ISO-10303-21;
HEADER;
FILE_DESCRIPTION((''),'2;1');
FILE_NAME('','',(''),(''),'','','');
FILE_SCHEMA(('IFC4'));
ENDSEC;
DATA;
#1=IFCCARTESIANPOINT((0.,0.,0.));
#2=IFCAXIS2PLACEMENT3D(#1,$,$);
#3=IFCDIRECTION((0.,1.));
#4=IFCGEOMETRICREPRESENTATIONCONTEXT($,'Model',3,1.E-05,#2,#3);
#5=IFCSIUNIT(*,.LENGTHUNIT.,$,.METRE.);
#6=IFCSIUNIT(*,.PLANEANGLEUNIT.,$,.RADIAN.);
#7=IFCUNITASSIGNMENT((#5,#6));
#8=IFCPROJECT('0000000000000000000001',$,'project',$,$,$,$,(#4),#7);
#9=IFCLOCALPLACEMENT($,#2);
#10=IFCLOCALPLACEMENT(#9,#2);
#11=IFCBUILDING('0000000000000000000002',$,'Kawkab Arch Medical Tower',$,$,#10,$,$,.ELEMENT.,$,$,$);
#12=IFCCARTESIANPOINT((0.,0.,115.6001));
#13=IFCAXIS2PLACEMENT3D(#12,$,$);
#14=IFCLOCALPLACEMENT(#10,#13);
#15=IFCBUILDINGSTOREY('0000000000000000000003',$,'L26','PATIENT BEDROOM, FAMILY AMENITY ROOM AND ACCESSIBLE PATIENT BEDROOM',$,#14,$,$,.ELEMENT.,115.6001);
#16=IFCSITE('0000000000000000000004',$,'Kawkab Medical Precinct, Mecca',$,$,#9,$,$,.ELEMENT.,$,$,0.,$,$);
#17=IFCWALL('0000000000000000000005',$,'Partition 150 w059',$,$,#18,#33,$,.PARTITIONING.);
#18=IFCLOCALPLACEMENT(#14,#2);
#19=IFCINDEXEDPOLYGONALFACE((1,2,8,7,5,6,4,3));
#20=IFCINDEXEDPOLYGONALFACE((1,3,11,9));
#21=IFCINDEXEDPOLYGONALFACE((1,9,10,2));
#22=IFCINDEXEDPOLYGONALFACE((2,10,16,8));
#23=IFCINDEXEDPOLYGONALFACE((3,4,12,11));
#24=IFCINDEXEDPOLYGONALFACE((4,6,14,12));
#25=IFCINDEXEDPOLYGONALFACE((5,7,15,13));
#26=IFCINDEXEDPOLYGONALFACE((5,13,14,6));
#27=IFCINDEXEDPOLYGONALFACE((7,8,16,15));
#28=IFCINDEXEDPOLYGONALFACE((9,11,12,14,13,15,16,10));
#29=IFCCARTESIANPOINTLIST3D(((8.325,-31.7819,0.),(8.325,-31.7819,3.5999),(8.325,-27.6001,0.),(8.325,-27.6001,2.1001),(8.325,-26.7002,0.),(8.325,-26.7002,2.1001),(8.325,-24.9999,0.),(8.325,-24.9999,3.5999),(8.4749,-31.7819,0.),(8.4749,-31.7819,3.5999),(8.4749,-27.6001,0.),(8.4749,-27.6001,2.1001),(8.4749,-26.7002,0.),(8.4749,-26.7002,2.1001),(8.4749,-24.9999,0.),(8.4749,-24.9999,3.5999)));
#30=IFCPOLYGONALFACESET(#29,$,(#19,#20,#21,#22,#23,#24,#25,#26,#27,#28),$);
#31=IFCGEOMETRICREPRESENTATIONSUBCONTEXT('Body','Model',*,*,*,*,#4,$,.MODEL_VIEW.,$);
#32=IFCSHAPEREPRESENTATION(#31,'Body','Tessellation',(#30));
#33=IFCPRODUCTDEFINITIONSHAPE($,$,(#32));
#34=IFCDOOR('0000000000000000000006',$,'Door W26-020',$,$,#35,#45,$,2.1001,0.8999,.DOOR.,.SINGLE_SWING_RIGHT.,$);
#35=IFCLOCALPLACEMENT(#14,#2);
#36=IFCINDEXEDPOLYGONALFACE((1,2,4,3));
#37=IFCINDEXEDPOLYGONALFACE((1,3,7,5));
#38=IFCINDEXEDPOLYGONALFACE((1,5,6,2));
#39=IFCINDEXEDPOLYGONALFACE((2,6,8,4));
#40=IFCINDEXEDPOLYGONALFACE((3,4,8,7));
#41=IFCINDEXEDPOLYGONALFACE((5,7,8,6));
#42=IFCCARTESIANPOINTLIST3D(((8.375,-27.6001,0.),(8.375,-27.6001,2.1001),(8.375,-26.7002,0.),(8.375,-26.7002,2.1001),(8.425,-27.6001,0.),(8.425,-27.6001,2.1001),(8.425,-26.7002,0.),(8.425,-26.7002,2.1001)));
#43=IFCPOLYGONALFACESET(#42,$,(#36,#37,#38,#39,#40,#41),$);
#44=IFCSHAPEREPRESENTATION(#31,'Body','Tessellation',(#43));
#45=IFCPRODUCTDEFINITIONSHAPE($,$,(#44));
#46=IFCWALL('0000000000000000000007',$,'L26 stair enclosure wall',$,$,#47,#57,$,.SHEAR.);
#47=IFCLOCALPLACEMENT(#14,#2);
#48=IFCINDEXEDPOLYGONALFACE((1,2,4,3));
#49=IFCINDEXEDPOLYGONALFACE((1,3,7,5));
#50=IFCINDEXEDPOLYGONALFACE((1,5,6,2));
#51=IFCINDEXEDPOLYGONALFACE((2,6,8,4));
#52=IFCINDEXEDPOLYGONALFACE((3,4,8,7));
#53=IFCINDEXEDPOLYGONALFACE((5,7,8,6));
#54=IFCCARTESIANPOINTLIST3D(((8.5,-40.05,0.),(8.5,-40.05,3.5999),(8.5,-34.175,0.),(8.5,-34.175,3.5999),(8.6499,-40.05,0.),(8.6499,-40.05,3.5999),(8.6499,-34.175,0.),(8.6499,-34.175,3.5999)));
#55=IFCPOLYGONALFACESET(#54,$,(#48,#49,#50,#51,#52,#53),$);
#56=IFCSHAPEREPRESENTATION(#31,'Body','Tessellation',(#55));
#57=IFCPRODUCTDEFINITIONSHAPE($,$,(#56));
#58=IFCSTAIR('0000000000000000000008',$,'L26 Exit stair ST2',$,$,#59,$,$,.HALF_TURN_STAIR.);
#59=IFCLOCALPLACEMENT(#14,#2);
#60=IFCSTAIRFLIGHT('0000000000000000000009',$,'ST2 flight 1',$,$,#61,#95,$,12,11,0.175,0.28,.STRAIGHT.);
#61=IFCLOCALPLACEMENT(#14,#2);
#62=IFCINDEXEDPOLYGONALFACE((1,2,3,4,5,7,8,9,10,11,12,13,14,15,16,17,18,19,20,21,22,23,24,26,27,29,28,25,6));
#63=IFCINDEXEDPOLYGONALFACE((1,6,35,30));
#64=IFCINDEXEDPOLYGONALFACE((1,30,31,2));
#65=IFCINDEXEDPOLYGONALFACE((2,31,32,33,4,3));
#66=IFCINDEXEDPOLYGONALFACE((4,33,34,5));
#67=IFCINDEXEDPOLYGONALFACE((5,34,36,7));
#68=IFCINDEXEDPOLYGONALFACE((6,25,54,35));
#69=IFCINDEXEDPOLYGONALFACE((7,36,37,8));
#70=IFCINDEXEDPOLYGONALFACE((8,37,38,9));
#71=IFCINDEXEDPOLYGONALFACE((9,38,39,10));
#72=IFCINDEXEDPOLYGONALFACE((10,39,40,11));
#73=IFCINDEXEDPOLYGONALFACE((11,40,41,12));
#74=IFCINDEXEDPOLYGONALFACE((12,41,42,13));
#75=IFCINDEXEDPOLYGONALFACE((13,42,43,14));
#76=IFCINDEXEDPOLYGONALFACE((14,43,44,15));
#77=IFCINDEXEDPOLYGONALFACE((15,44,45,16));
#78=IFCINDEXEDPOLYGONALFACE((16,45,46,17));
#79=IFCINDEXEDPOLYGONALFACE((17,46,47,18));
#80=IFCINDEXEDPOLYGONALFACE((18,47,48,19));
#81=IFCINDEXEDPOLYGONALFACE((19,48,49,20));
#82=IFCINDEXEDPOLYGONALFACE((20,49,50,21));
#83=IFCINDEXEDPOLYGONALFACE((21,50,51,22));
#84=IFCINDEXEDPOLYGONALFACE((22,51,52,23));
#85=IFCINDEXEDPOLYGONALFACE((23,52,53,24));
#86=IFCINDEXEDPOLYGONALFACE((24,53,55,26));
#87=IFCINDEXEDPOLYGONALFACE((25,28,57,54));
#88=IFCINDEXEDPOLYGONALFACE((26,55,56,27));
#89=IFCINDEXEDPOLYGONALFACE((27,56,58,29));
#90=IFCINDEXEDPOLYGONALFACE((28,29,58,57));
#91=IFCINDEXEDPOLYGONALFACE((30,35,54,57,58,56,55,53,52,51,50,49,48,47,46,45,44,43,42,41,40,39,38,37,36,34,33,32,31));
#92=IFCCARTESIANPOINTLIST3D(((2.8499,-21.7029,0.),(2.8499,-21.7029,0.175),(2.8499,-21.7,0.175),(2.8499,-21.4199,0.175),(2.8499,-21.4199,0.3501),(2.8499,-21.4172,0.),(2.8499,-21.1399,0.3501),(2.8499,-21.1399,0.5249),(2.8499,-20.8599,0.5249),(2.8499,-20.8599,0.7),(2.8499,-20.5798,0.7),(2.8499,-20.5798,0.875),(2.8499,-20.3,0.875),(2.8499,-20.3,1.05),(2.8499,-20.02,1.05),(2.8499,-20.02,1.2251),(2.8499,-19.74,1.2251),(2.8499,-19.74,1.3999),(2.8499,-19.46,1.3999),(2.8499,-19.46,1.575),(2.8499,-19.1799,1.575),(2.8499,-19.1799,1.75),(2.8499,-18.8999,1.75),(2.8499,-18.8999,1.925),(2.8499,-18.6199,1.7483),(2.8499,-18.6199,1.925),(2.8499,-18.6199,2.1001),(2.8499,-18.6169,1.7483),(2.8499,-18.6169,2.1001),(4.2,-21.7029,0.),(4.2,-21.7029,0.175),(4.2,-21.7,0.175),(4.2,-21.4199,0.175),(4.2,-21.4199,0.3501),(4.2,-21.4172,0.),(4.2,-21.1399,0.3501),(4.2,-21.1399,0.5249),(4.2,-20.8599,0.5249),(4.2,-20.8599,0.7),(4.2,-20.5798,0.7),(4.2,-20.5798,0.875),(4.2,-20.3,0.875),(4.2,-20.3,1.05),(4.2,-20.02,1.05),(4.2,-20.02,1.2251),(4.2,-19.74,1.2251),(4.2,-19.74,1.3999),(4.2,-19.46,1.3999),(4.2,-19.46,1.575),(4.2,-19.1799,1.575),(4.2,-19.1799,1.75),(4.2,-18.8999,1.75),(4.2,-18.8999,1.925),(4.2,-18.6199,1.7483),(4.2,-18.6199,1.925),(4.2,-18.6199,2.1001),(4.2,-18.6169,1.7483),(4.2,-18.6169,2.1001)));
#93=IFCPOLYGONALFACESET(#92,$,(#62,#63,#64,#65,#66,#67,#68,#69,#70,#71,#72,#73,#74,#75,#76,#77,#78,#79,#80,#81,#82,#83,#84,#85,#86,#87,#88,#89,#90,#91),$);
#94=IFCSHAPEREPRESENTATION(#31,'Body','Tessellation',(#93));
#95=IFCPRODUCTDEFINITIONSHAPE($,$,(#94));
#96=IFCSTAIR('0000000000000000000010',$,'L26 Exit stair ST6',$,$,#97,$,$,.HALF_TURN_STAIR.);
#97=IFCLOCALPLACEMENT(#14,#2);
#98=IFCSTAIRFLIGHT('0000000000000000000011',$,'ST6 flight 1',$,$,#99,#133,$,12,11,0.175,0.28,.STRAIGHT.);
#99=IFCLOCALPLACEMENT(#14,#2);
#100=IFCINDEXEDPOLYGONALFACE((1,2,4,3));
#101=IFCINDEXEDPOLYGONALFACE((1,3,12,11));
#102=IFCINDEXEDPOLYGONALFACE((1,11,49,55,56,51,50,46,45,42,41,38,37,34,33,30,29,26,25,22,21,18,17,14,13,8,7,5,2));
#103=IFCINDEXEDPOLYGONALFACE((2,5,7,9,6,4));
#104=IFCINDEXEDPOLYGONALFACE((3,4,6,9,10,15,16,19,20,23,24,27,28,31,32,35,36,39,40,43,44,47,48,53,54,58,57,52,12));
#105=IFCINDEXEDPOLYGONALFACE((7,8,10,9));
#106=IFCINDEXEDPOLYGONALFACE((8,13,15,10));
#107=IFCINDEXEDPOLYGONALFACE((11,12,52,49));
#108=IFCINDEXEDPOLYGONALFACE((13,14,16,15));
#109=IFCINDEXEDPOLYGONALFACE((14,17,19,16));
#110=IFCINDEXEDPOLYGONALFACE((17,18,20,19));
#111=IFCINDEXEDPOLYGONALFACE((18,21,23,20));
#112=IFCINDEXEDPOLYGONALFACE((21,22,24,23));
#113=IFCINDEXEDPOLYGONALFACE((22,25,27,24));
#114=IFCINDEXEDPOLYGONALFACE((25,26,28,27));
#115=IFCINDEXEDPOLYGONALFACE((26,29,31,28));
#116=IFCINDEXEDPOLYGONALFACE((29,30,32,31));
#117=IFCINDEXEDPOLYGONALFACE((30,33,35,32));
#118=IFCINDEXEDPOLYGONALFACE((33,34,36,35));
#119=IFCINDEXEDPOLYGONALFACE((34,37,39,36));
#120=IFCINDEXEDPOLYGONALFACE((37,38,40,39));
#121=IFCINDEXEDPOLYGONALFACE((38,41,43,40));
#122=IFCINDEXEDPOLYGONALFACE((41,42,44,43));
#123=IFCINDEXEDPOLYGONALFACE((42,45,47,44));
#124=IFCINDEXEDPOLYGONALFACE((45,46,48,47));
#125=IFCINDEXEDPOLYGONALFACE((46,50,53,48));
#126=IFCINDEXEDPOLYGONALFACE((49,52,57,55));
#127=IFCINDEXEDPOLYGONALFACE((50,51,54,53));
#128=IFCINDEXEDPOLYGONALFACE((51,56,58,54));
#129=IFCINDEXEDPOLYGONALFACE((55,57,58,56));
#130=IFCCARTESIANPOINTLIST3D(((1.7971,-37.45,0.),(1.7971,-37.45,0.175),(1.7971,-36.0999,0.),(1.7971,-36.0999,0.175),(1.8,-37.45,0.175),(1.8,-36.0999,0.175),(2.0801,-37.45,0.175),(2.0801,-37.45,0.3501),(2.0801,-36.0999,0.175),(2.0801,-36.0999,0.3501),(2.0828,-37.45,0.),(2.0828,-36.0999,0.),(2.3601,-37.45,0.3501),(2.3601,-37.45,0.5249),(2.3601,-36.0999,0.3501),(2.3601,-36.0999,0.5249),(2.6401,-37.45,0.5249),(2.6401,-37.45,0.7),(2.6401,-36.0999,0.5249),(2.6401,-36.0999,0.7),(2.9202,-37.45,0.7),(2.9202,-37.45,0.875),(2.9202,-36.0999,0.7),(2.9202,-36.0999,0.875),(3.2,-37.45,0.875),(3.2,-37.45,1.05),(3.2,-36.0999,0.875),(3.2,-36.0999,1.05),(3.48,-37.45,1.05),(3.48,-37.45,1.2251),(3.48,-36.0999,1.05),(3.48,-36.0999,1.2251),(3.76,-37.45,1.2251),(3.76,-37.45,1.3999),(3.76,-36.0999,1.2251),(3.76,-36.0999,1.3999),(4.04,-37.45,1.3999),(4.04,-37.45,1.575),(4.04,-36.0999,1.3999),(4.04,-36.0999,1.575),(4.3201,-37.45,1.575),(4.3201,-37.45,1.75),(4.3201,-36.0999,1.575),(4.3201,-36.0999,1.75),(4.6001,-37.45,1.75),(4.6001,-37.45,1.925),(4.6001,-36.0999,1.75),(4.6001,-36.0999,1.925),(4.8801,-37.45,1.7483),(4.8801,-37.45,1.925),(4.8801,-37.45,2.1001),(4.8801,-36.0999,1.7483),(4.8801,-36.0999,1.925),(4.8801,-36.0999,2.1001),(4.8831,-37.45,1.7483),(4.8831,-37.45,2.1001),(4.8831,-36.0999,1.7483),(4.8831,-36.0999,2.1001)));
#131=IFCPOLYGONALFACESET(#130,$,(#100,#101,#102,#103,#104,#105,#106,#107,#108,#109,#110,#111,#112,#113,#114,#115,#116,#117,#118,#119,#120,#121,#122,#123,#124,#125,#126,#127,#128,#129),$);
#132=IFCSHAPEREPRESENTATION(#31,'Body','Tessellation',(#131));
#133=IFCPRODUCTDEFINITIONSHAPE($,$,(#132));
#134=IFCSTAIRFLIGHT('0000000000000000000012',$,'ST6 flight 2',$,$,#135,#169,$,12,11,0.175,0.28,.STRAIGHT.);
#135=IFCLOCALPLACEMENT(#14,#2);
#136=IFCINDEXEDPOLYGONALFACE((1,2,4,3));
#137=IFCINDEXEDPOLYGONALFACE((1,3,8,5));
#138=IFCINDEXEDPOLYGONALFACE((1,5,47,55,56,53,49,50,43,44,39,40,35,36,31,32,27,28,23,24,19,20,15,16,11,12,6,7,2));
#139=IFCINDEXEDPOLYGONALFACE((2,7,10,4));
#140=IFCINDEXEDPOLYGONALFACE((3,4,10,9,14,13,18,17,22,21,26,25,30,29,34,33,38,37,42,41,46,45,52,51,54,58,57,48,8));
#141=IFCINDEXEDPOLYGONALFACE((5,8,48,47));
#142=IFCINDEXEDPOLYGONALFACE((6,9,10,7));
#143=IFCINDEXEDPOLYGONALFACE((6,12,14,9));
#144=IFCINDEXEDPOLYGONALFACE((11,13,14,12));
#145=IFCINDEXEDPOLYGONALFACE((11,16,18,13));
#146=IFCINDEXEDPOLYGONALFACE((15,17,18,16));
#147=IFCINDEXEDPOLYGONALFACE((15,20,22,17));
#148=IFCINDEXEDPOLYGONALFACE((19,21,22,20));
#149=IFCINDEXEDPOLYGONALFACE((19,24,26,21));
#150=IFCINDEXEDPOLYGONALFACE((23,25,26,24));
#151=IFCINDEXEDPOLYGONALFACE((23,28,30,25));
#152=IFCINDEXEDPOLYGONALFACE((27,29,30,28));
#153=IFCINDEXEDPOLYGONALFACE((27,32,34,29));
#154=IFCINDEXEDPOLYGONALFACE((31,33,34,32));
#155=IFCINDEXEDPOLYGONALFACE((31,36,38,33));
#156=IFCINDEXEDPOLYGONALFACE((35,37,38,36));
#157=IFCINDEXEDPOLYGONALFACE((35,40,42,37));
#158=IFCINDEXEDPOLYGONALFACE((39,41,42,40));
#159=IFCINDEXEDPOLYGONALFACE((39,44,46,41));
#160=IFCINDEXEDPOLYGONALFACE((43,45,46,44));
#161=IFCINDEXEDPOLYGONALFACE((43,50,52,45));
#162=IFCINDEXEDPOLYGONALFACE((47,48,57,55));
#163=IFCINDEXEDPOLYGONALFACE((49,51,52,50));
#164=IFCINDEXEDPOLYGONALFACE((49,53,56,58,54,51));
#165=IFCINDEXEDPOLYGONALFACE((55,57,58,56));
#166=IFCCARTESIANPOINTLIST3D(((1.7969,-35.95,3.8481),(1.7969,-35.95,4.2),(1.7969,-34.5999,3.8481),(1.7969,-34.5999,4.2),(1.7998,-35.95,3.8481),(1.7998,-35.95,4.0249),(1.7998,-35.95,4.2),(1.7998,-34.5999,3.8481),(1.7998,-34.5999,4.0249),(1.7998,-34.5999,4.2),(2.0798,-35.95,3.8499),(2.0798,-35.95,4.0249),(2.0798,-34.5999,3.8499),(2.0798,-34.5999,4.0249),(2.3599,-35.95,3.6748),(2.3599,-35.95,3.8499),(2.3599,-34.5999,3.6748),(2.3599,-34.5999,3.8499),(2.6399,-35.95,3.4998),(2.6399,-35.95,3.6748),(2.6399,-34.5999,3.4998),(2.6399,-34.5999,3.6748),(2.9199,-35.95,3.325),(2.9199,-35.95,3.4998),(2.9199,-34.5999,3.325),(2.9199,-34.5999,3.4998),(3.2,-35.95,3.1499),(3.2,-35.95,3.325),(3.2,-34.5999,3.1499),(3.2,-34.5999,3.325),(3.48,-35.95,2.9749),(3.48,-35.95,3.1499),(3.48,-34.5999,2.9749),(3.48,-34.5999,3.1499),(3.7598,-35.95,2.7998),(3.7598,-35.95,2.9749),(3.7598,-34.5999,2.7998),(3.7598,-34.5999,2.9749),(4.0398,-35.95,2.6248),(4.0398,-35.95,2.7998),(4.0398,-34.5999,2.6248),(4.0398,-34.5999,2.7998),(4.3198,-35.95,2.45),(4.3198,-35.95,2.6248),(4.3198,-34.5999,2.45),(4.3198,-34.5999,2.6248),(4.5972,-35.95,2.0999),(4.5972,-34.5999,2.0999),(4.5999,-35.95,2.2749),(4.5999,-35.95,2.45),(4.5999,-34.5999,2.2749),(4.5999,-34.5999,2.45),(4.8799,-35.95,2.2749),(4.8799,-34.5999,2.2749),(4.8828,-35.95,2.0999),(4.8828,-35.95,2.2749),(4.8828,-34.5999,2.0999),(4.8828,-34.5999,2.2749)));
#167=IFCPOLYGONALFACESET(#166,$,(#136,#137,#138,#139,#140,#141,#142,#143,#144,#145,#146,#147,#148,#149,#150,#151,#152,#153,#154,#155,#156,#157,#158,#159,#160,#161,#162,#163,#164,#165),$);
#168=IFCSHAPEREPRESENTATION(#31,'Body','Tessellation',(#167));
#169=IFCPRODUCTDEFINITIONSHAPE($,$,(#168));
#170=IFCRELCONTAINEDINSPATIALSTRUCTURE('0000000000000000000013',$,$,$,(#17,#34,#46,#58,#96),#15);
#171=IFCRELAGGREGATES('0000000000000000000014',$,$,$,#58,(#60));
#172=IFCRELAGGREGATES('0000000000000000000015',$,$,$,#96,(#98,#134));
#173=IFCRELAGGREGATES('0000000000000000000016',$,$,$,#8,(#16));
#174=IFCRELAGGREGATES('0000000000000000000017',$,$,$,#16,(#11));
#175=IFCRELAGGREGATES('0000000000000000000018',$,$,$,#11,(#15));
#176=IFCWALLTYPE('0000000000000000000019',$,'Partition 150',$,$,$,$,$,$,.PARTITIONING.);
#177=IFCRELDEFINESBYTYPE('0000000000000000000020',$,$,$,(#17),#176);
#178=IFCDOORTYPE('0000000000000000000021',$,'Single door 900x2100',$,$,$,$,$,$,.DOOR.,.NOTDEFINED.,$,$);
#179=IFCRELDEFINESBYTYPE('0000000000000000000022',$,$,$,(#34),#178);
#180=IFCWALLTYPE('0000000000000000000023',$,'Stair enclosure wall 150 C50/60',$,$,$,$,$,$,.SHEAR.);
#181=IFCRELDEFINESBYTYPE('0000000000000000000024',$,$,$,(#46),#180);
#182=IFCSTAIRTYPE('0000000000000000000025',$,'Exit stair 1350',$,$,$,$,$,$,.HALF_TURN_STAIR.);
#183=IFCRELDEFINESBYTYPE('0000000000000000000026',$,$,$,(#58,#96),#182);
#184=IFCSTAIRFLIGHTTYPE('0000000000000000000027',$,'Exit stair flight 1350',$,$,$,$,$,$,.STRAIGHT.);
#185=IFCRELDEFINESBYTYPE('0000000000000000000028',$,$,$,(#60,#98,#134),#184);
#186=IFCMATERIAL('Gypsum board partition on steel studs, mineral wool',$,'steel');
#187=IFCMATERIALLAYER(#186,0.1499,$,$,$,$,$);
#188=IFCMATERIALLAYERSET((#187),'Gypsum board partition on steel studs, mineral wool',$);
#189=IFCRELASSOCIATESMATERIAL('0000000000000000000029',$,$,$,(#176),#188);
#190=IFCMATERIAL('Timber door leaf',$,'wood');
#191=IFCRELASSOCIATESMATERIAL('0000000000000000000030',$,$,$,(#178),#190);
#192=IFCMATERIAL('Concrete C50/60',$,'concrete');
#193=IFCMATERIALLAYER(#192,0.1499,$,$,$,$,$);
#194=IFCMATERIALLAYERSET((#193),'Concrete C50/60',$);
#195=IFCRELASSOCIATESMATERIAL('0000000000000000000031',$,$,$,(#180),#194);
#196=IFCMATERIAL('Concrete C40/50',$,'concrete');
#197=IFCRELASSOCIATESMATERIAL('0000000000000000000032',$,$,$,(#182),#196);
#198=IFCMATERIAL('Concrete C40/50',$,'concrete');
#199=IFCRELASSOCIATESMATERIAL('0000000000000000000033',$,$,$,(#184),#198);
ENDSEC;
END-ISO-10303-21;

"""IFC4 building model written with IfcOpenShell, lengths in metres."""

from ifc_helpers import new_model, si_unit, direction, frame, frame_2d, origin, place, context, subcontext, project, spatial, polyline, rectangle, outline, extrude, material, layer, layer_set, type_object, element, fill, aggregate, save


model = new_model("IFC4")

# Units and contexts
model_context = context("Model", 3, precision=1e-05, world=origin(), true_north=direction((0.0, 1.0)))
body_context = subcontext(model_context, "Body", "Model", "MODEL_VIEW")
ifc_project = project(units=[si_unit("LENGTHUNIT", "METRE"), si_unit("PLANEANGLEUNIT", "RADIAN")], contexts=[model_context])

# Site, building, storey
site_placement = place(None, origin())
site = spatial("IfcSite", under=ifc_project, at=site_placement, Name="Kawkab Medical Precinct, Mecca", CompositionType="ELEMENT", RefElevation=0.0)
building_placement = place(site_placement, origin())
building = spatial("IfcBuilding", under=site, at=building_placement, Name="Kawkab Arch Medical Tower", CompositionType="ELEMENT")
storey_placement = place(building_placement, frame((0.0, 0.0, 115.6001)))
storey = spatial("IfcBuildingStorey", under=building, at=storey_placement, Name="L26", Description="PATIENT BEDROOM, FAMILY AMENITY ROOM AND ACCESSIBLE PATIENT BEDROOM", CompositionType="ELEMENT", Elevation=115.6001)

# Wall, opening, door
ifc_material_1 = material(Name="Gypsum board partition on steel studs, mineral wool", Category="steel")
ifc_layer_1 = layer(ifc_material_1, 0.1499)
ifc_layer_set_1 = layer_set([ifc_layer_1], Name="Gypsum board partition on steel studs, mineral wool")
wall_type_1 = type_object("IfcWallType", Name="Partition 150", PredefinedType="PARTITIONING", material=ifc_layer_set_1)
wall_1_placement = place(storey_placement, frame((8.3999, -31.782, 0.0), z_axis=(0.0, 0.0, 1.0), x_axis=(0.0, 1.0, 0.0)))
wall_1 = element("IfcWall", 1, at=wall_1_placement, inside=storey, type_object=wall_type_1, Name="Partition 150 w059", PredefinedType="PARTITIONING", context=body_context, shape_type="SweptSolid", body=[
    extrude(rectangle(XDim=6.782, YDim=0.1499, at=frame_2d((3.3911, 0.0))), origin(), (0.0, 0.0, 1.0), 3.5999),
])
opening_1_placement = place(wall_1_placement, frame((4.1819, 0.0, 0.0)))
opening_1 = element("IfcOpeningElement", 2, at=opening_1_placement, cuts=wall_1, PredefinedType="OPENING", context=body_context, shape_type="SweptSolid", body=[
    extrude(rectangle(XDim=0.8999, YDim=2.1001, at=frame_2d((0.45, 1.05))), frame((0.0, 0.085, 0.0), z_axis=(0.0, -1.0, 0.0), x_axis=(1.0, 0.0, 0.0)), (0.0, 0.0, 1.0), 0.1699),
])
ifc_material_2 = material(Name="Timber door leaf", Category="wood")
door_type_1 = type_object("IfcDoorType", Name="Single door 900x2100", OperationType="NOTDEFINED", PredefinedType="DOOR", material=ifc_material_2)
door_1_placement = place(opening_1_placement, origin())
door_1 = element("IfcDoor", 3, at=door_1_placement, inside=storey, type_object=door_type_1, Name="Door W26-020", OperationType="SINGLE_SWING_RIGHT", OverallHeight=2.1001, OverallWidth=0.8999, PredefinedType="DOOR", context=body_context, shape_type="SweptSolid", body=[
    extrude(rectangle(XDim=0.8999, YDim=2.1001, at=frame_2d((0.45, 1.05))), frame((0.0, 0.0249, 0.0), z_axis=(0.0, -1.0, 0.0), x_axis=(1.0, 0.0, 0.0)), (0.0, 0.0, 1.0), 0.05),
])
fill(opening_1, door_1)

# Wall
ifc_material_3 = material(Name="Concrete C50/60", Category="concrete")
ifc_layer_2 = layer(ifc_material_3, 0.1499)
ifc_layer_set_2 = layer_set([ifc_layer_2], Name="Concrete C50/60")
wall_type_2 = type_object("IfcWallType", Name="Stair enclosure wall 150 C50/60", PredefinedType="SHEAR", material=ifc_layer_set_2)
wall_2_placement = place(storey_placement, frame((8.575, -40.05, 0.0), z_axis=(0.0, 0.0, 1.0), x_axis=(0.0, 1.0, 0.0)))
element("IfcWall", 4, at=wall_2_placement, inside=storey, type_object=wall_type_2, Name="L26 stair enclosure wall", PredefinedType="SHEAR", context=body_context, shape_type="SweptSolid", body=[
    extrude(rectangle(XDim=5.875, YDim=0.1499, at=frame_2d((2.9375, 0.0))), origin(), (0.0, 0.0, 1.0), 3.5999),
])

# Stair, stair flight
ifc_material_4 = material(Name="Concrete C40/50", Category="concrete")
stair_type = type_object("IfcStairType", Name="Exit stair 1350", PredefinedType="HALF_TURN_STAIR", material=ifc_material_4)
placement = place(storey_placement, origin())
stair_1 = element("IfcStair", 5, at=placement, inside=storey, type_object=stair_type, Name="L26 Exit stair ST2", PredefinedType="HALF_TURN_STAIR")
ifc_material_5 = material(Name="Concrete C40/50", Category="concrete")
stair_flight_type = type_object("IfcStairFlightType", Name="Exit stair flight 1350", PredefinedType="STRAIGHT", material=ifc_material_5)
stair_flight_1_placement = place(storey_placement, frame((3.5249, -21.7, 0.0), z_axis=(0.0, 0.0, 1.0), x_axis=(0.0, 1.0, 0.0)))
stair_flight_1 = element("IfcStairFlight", 6, at=stair_flight_1_placement, type_object=stair_flight_type, Name="ST2 flight 1", NumberOfRisers=12, NumberOfTreads=11, PredefinedType="STRAIGHT", RiserHeight=0.175, TreadLength=0.28, context=body_context, shape_type="SweptSolid", body=[
    extrude(outline(polyline([(-0.0029, 0.0), (-0.0029, 0.175), (0.0, 0.175), (0.28, 0.175), (0.28, 0.3501), (0.5601, 0.3501), (0.5601, 0.5249), (0.8401, 0.5249), (0.8401, 0.7), (1.1201, 0.7), (1.1201, 0.875), (1.3999, 0.875), (1.3999, 1.05), (1.6799, 1.05), (1.6799, 1.2251), (1.96, 1.2251), (1.96, 1.3999), (2.24, 1.3999), (2.24, 1.575), (2.52, 1.575), (2.52, 1.75), (2.8, 1.75), (2.8, 1.925), (3.0801, 1.925), (3.0801, 2.1001), (3.083, 2.1001), (3.083, 1.7483), (3.0801, 1.7483), (0.2827, 0.0), (-0.0029, 0.0)])), frame((0.0, 0.675, 0.0), z_axis=(0.0, -1.0, 0.0), x_axis=(1.0, 0.0, 0.0)), (0.0, 0.0, 1.0), 1.3501),
])
aggregate(stair_1, [stair_flight_1])

# Stair, stair flights
stair_2 = element("IfcStair", 7, at=placement, inside=storey, type_object=stair_type, Name="L26 Exit stair ST6", PredefinedType="HALF_TURN_STAIR")
stair_flight_2_placement = place(storey_placement, frame((1.8, -36.7749, 0.0), z_axis=(0.0, 0.0, 1.0), x_axis=(1.0, 0.0, 0.0)))
stair_flight_2 = element("IfcStairFlight", 8, at=stair_flight_2_placement, type_object=stair_flight_type, Name="ST6 flight 1", NumberOfRisers=12, NumberOfTreads=11, PredefinedType="STRAIGHT", RiserHeight=0.175, TreadLength=0.28, context=body_context, shape_type="SweptSolid", body=[
    extrude(outline(polyline([(-0.0029, 0.0), (-0.0029, 0.175), (0.0, 0.175), (0.28, 0.175), (0.28, 0.3501), (0.5601, 0.3501), (0.5601, 0.5249), (0.8401, 0.5249), (0.8401, 0.7), (1.1201, 0.7), (1.1201, 0.875), (1.3999, 0.875), (1.3999, 1.05), (1.6799, 1.05), (1.6799, 1.2251), (1.96, 1.2251), (1.96, 1.3999), (2.24, 1.3999), (2.24, 1.575), (2.52, 1.575), (2.52, 1.75), (2.8, 1.75), (2.8, 1.925), (3.0801, 1.925), (3.0801, 2.1001), (3.083, 2.1001), (3.083, 1.7483), (3.0801, 1.7483), (0.2827, 0.0), (-0.0029, 0.0)])), frame((0.0, 0.675, 0.0), z_axis=(0.0, -1.0, 0.0), x_axis=(1.0, 0.0, 0.0)), (0.0, 0.0, 1.0), 1.3501),
])
stair_flight_3_placement = place(storey_placement, frame((4.8799, -35.2749, 2.0999), z_axis=(0.0, 0.0, 1.0), x_axis=(-1.0, 0.0, 0.0)))
stair_flight_3 = element("IfcStairFlight", 9, at=stair_flight_3_placement, type_object=stair_flight_type, Name="ST6 flight 2", NumberOfRisers=12, NumberOfTreads=11, PredefinedType="STRAIGHT", RiserHeight=0.175, TreadLength=0.28, context=body_context, shape_type="SweptSolid", body=[
    extrude(outline(polyline([(-0.0029, 0.0), (-0.0029, 0.175), (0.0, 0.175), (0.28, 0.175), (0.28, 0.3501), (0.5601, 0.3501), (0.5601, 0.5249), (0.8401, 0.5249), (0.8401, 0.7), (1.1201, 0.7), (1.1201, 0.875), (1.3999, 0.875), (1.3999, 1.05), (1.6799, 1.05), (1.6799, 1.2251), (1.96, 1.2251), (1.96, 1.3999), (2.24, 1.3999), (2.24, 1.575), (2.52, 1.575), (2.52, 1.75), (2.8, 1.75), (2.8, 1.925), (3.0801, 1.925), (3.0801, 2.1001), (3.083, 2.1001), (3.083, 1.7483), (3.0801, 1.7483), (0.2827, 0.0), (-0.0029, 0.0)])), frame((0.0, 0.675, 0.0), z_axis=(0.0, -1.0, 0.0), x_axis=(1.0, 0.0, 0.0)), (0.0, 0.0, 1.0), 1.3501),
])
aggregate(stair_2, [stair_flight_2, stair_flight_3])

save(model, "model.ifc")
